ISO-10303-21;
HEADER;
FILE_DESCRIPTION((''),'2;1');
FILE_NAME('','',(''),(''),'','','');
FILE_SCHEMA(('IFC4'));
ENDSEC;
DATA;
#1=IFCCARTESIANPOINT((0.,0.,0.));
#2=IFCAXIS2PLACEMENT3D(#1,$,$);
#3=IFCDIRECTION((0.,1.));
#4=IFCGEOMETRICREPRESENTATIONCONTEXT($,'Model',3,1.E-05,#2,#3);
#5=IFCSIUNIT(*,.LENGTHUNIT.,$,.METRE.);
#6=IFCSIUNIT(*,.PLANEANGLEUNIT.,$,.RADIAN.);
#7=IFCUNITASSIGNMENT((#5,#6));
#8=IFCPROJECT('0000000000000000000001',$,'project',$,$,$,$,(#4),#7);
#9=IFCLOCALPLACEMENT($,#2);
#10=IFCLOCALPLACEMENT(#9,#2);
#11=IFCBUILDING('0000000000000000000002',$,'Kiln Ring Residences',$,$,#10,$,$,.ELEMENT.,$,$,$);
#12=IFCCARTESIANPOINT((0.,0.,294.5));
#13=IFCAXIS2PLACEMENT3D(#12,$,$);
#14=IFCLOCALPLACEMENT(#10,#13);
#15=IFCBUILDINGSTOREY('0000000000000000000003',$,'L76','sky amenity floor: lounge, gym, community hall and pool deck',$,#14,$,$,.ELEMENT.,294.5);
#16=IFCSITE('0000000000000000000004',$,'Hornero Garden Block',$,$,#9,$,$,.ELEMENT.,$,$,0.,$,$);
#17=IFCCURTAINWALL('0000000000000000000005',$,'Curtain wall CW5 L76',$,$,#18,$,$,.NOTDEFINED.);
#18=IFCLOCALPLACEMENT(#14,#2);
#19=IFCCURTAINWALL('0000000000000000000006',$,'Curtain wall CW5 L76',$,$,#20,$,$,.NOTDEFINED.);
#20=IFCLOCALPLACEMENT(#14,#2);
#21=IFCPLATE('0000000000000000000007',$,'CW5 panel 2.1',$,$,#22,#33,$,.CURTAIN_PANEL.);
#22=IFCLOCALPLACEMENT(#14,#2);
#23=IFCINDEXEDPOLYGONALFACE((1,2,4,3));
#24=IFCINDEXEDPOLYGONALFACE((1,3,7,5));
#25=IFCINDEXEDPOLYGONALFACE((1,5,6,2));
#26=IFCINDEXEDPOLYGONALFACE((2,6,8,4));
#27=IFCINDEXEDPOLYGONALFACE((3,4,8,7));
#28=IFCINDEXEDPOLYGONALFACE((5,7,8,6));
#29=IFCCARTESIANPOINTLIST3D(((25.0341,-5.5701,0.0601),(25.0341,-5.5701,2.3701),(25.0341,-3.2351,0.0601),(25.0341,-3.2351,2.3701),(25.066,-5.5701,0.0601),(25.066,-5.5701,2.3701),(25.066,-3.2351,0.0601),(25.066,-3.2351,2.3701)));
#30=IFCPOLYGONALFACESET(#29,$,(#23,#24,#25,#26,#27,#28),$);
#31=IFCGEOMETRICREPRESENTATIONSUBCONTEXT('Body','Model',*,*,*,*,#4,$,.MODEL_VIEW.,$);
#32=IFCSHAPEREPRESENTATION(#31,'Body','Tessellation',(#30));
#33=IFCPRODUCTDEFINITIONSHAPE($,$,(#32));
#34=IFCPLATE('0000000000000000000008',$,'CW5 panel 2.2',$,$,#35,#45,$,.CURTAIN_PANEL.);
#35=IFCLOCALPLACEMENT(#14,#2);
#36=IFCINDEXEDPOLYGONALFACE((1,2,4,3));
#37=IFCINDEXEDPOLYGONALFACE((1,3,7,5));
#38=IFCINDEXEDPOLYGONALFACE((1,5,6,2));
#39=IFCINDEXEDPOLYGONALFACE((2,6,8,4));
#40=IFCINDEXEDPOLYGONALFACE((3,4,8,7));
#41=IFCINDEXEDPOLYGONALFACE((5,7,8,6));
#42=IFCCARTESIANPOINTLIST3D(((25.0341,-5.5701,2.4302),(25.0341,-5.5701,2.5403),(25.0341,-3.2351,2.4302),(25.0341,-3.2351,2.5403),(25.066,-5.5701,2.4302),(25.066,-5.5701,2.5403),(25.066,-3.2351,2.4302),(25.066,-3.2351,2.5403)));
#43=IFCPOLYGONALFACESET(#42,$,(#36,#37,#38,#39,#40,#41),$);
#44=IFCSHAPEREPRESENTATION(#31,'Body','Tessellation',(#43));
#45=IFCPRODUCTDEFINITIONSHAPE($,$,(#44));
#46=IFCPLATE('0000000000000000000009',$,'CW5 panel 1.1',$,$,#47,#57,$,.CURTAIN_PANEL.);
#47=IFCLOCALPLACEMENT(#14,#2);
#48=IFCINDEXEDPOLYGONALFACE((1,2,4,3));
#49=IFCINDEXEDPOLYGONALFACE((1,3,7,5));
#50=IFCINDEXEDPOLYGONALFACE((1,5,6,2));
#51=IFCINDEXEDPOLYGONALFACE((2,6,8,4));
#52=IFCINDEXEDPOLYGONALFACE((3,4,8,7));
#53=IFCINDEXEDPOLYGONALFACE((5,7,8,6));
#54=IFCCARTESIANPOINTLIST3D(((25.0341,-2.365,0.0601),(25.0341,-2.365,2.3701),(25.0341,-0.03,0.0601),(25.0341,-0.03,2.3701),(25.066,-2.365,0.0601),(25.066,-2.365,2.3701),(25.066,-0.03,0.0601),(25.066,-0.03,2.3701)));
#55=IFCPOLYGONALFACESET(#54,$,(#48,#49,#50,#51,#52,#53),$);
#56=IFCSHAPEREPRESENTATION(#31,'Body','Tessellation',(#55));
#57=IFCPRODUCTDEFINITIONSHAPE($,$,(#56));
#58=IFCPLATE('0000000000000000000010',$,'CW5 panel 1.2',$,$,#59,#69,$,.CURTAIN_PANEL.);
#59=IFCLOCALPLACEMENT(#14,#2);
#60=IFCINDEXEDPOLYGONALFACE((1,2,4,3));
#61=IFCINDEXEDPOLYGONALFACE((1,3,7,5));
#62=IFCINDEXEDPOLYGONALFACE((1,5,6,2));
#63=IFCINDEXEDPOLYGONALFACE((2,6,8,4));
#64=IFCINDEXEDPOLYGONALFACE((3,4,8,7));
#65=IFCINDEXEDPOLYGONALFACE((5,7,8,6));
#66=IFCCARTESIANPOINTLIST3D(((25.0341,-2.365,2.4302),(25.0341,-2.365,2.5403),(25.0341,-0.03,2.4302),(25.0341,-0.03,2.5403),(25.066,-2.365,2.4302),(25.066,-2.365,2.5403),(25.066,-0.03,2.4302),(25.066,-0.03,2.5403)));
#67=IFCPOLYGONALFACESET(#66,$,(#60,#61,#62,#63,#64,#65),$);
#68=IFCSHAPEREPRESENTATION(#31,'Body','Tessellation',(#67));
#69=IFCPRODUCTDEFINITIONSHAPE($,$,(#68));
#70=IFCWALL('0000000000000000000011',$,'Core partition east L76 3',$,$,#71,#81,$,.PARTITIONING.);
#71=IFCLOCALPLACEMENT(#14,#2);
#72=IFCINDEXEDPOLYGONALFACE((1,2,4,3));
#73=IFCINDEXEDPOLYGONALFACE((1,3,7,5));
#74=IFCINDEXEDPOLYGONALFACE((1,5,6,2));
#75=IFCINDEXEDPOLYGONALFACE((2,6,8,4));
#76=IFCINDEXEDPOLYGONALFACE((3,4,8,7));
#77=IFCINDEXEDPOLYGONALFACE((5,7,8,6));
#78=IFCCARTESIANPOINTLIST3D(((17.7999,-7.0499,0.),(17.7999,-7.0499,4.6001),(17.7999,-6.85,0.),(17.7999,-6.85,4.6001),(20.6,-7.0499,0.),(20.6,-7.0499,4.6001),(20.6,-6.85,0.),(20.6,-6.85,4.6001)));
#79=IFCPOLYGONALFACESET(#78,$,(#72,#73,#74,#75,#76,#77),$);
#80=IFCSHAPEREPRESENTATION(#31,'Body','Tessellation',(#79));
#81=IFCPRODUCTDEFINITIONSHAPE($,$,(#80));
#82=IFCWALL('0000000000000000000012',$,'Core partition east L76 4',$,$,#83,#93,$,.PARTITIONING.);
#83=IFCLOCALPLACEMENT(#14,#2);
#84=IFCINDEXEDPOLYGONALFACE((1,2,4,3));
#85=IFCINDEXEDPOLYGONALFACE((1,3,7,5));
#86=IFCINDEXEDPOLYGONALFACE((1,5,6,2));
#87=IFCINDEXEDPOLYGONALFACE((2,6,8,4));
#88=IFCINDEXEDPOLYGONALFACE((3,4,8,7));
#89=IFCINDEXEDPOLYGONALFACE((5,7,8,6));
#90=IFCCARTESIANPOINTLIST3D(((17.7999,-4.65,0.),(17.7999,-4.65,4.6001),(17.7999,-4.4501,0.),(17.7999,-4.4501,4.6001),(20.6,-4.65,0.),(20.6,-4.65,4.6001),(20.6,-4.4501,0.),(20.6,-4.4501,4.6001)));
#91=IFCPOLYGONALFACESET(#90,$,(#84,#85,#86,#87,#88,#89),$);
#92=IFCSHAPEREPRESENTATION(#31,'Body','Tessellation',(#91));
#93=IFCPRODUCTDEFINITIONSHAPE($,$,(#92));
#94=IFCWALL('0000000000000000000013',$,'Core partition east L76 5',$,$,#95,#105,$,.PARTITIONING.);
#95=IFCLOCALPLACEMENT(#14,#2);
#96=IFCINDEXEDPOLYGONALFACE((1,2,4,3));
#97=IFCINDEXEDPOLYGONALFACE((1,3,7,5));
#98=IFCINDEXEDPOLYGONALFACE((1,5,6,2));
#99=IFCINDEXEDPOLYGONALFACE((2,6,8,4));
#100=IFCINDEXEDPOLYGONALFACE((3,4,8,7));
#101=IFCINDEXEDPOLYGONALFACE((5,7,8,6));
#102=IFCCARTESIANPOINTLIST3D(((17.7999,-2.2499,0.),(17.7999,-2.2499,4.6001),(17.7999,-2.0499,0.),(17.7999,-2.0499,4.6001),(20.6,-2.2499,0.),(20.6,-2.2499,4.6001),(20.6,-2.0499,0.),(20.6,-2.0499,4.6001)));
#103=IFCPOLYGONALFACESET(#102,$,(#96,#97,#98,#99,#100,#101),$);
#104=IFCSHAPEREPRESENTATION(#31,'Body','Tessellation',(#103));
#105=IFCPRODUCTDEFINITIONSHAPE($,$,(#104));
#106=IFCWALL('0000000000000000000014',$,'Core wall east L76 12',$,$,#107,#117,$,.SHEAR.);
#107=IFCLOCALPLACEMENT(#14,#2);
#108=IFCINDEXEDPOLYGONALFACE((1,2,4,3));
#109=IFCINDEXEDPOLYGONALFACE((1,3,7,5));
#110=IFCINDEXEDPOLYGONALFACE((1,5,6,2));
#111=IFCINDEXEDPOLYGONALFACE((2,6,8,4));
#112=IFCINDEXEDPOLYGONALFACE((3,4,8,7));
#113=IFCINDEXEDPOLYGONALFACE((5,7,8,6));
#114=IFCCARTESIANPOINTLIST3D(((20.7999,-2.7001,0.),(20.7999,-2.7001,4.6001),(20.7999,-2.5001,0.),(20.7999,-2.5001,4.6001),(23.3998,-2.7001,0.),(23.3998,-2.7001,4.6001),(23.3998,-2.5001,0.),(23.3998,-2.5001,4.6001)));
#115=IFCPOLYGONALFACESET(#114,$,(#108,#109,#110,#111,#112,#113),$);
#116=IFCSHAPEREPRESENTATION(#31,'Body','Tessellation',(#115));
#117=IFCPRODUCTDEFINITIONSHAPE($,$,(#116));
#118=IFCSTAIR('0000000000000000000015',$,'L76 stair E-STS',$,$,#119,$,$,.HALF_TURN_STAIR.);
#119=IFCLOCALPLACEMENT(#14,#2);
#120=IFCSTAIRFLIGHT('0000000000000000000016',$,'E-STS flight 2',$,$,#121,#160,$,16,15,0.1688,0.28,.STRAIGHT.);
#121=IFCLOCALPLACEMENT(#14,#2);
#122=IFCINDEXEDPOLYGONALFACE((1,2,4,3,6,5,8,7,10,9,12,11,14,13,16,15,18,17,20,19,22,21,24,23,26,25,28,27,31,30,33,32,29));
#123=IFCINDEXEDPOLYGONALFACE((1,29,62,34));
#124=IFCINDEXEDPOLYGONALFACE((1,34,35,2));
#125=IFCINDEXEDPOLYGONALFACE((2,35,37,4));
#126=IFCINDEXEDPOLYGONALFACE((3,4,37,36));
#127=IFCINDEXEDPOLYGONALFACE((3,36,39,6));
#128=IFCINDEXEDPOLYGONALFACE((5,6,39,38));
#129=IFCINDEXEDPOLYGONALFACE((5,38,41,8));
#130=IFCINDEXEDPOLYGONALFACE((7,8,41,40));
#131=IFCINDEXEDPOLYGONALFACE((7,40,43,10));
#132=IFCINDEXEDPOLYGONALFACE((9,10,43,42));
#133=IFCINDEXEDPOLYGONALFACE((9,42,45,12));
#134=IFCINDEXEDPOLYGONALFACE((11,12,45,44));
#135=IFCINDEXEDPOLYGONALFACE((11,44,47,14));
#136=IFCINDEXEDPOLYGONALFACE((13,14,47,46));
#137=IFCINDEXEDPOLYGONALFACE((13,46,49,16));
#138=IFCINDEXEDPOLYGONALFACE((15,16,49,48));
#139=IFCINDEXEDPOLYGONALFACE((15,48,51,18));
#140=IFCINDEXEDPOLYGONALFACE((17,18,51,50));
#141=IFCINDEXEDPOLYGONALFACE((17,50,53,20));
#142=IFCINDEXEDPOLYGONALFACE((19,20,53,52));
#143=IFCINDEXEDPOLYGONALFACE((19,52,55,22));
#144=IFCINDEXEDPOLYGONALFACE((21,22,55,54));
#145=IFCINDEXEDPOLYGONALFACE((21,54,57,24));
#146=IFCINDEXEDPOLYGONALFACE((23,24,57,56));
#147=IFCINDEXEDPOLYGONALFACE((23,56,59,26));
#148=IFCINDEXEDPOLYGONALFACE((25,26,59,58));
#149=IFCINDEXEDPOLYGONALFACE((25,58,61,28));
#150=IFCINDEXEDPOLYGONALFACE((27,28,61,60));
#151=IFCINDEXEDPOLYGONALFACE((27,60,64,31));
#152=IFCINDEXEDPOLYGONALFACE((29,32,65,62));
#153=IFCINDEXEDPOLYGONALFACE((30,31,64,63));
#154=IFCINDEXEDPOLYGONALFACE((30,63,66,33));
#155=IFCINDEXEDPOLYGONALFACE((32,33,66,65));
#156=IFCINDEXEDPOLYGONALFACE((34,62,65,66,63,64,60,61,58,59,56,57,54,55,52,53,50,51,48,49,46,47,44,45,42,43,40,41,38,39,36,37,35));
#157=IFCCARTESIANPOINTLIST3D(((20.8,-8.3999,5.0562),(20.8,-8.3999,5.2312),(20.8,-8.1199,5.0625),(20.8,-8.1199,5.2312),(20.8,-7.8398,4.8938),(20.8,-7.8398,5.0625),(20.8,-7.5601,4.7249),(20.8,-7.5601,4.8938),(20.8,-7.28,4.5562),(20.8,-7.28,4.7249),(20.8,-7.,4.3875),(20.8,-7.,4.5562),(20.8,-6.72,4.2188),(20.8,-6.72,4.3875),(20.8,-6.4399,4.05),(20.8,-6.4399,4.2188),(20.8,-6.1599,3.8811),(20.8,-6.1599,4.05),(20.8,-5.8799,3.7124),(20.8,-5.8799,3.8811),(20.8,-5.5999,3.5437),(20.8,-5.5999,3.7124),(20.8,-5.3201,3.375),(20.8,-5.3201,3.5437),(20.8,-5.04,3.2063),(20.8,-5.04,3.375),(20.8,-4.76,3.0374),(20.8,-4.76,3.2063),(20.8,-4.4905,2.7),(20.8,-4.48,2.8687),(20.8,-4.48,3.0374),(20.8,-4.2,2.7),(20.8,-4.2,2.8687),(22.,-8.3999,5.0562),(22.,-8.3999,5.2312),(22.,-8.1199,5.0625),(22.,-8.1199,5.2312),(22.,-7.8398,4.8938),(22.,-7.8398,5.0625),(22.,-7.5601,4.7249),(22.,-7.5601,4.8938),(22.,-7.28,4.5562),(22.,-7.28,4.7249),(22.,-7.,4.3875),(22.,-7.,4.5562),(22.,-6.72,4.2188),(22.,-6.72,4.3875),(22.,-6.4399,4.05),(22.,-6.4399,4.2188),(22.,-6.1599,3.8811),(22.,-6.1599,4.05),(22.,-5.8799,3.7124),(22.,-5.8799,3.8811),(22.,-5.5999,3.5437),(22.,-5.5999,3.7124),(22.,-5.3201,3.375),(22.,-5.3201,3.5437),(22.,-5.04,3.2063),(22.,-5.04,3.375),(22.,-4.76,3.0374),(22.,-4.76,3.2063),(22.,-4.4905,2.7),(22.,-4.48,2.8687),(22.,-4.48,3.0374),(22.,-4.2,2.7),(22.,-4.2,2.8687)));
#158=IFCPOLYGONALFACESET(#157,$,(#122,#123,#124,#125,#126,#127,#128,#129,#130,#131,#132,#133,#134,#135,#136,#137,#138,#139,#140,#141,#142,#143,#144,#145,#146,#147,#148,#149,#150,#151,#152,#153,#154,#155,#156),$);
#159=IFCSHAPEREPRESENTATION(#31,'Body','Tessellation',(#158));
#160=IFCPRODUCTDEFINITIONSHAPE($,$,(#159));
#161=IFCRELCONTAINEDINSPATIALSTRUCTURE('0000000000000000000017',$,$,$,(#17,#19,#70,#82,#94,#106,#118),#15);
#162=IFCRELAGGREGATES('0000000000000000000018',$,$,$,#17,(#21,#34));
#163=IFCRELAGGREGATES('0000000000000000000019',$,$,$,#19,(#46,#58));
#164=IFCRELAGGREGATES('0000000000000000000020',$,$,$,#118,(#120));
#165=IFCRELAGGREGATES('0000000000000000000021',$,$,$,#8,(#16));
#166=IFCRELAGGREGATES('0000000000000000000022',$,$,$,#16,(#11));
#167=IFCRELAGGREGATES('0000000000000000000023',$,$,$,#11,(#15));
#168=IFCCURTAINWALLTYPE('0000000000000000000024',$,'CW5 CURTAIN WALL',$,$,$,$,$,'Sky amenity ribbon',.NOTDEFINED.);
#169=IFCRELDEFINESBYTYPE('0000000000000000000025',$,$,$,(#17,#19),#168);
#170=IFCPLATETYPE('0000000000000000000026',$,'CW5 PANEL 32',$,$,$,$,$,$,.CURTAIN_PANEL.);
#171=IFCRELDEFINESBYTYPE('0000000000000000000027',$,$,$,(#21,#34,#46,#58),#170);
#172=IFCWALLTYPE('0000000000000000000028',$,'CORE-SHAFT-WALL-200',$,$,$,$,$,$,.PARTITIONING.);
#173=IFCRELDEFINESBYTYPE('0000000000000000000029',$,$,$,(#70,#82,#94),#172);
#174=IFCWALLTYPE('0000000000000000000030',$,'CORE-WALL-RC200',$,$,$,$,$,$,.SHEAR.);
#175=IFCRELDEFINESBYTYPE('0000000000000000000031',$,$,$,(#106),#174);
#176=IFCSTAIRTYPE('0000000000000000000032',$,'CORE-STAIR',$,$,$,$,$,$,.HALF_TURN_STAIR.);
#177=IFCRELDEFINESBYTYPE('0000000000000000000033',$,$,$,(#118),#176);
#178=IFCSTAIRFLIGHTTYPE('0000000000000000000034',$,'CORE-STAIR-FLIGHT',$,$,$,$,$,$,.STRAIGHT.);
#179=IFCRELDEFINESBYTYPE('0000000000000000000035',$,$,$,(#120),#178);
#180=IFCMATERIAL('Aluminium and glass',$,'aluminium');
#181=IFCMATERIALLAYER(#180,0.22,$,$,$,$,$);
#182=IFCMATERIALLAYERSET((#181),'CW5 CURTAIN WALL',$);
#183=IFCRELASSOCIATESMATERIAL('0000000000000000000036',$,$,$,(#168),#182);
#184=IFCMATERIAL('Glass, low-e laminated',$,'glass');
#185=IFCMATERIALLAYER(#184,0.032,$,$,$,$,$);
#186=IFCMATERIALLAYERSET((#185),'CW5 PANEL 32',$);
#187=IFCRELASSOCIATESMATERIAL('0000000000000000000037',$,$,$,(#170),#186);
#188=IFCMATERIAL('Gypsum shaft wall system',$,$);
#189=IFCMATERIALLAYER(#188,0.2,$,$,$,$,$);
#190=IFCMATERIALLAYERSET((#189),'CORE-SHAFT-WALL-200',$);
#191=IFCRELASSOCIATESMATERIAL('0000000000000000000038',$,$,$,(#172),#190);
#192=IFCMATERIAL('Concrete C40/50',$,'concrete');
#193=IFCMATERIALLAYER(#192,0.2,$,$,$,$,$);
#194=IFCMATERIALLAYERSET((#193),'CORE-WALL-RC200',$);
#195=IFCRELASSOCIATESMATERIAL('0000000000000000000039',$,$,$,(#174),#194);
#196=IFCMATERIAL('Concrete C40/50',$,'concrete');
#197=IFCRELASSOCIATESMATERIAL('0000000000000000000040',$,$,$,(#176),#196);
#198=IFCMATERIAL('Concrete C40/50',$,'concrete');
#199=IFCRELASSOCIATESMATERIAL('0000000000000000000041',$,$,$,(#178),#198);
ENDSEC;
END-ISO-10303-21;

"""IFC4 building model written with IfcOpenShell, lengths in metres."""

from ifc_helpers import new_model, si_unit, direction, frame, frame_2d, origin, origin_2d, place, context, subcontext, project, spatial, polyline, rectangle, outline, extrude, material, layer, layer_set, type_object, element, aggregate, save


model = new_model("IFC4")

# Units and contexts
model_context = context("Model", 3, precision=1e-05, world=origin(), true_north=direction((0.0, 1.0)))
body_context = subcontext(model_context, "Body", "Model", "MODEL_VIEW")
ifc_project = project(units=[si_unit("LENGTHUNIT", "METRE"), si_unit("PLANEANGLEUNIT", "RADIAN")], contexts=[model_context])

# Site, building, storey
site_placement = place(None, origin())
site = spatial("IfcSite", under=ifc_project, at=site_placement, Name="Hornero Garden Block", CompositionType="ELEMENT", RefElevation=0.0)
building_placement = place(site_placement, origin())
building = spatial("IfcBuilding", under=site, at=building_placement, Name="Kiln Ring Residences", CompositionType="ELEMENT")
storey_placement = place(building_placement, frame((0.0, 0.0, 294.5)))
storey = spatial("IfcBuildingStorey", under=building, at=storey_placement, Name="L76", Description="sky amenity floor: lounge, gym, community hall and pool deck", CompositionType="ELEMENT", Elevation=294.5)

# Curtain wall
ifc_material_1 = material(Name="Aluminium and glass", Category="aluminium")
ifc_layer_1 = layer(ifc_material_1, 0.22)
ifc_layer_set_1 = layer_set([ifc_layer_1], Name="CW5 CURTAIN WALL")
curtain_wall_type = type_object("IfcCurtainWallType", Name="CW5 CURTAIN WALL", ElementType="Sky amenity ribbon", PredefinedType="NOTDEFINED", material=ifc_layer_set_1)
placement = place(storey_placement, origin())
curtain_wall_1 = element("IfcCurtainWall", 1, at=placement, inside=storey, type_object=curtain_wall_type, Name="Curtain wall CW5 L76", PredefinedType="NOTDEFINED")

# Curtain wall
curtain_wall_2 = element("IfcCurtainWall", 2, at=placement, inside=storey, type_object=curtain_wall_type, Name="Curtain wall CW5 L76", PredefinedType="NOTDEFINED")

# Plates
ifc_material_2 = material(Name="Glass, low-e laminated", Category="glass")
ifc_layer_2 = layer(ifc_material_2, 0.032)
ifc_layer_set_2 = layer_set([ifc_layer_2], Name="CW5 PANEL 32")
plate_type = type_object("IfcPlateType", Name="CW5 PANEL 32", PredefinedType="CURTAIN_PANEL", material=ifc_layer_set_2)
plate_1_placement = place(storey_placement, frame((25.05, -4.4026, 0.0601), z_axis=(0.0, 0.0, 1.0), x_axis=(0.0, 1.0, 0.0)))
plate_1 = element("IfcPlate", 3, at=plate_1_placement, type_object=plate_type, Name="CW5 panel 2.1", PredefinedType="CURTAIN_PANEL", context=body_context, shape_type="SweptSolid", body=[
    extrude(rectangle(XDim=2.335, YDim=0.032, at=origin_2d()), origin(), (0.0, 0.0, 1.0), 2.3101),
])
plate_2_placement = place(storey_placement, frame((25.05, -4.4026, 2.4302), z_axis=(0.0, 0.0, 1.0), x_axis=(0.0, 1.0, 0.0)))
plate_2 = element("IfcPlate", 4, at=plate_2_placement, type_object=plate_type, Name="CW5 panel 2.2", PredefinedType="CURTAIN_PANEL", context=body_context, shape_type="SweptSolid", body=[
    extrude(rectangle(XDim=2.335, YDim=0.032, at=origin_2d()), origin(), (0.0, 0.0, 1.0), 0.1101),
])
aggregate(curtain_wall_1, [plate_1, plate_2])
plate_3_placement = place(storey_placement, frame((25.05, -1.1975, 0.0601), z_axis=(0.0, 0.0, 1.0), x_axis=(0.0, 1.0, 0.0)))
plate_3 = element("IfcPlate", 5, at=plate_3_placement, type_object=plate_type, Name="CW5 panel 1.1", PredefinedType="CURTAIN_PANEL", context=body_context, shape_type="SweptSolid", body=[
    extrude(rectangle(XDim=2.335, YDim=0.032, at=origin_2d()), origin(), (0.0, 0.0, 1.0), 2.3101),
])
plate_4_placement = place(storey_placement, frame((25.05, -1.1975, 2.4302), z_axis=(0.0, 0.0, 1.0), x_axis=(0.0, 1.0, 0.0)))
plate_4 = element("IfcPlate", 6, at=plate_4_placement, type_object=plate_type, Name="CW5 panel 1.2", PredefinedType="CURTAIN_PANEL", context=body_context, shape_type="SweptSolid", body=[
    extrude(rectangle(XDim=2.335, YDim=0.032, at=origin_2d()), origin(), (0.0, 0.0, 1.0), 0.1101),
])
aggregate(curtain_wall_2, [plate_3, plate_4])

# Walls
ifc_material_3 = material(Name="Gypsum shaft wall system")
ifc_layer_3 = layer(ifc_material_3, 0.2)
ifc_layer_set_3 = layer_set([ifc_layer_3], Name="CORE-SHAFT-WALL-200")
wall_type_1 = type_object("IfcWallType", Name="CORE-SHAFT-WALL-200", PredefinedType="PARTITIONING", material=ifc_layer_set_3)
for number, where, z_axis, x_axis, name in (
    (7, (17.8, -6.95, 0.0), (0.0, 0.0, 1.0), (1.0, 0.0, 0.0), "Core partition east L76 3"),
    (8, (17.8, -4.55, 0.0), (0.0, 0.0, 1.0), (1.0, 0.0, 0.0), "Core partition east L76 4"),
    (9, (17.8, -2.1499, 0.0), (0.0, 0.0, 1.0), (1.0, 0.0, 0.0), "Core partition east L76 5"),
):
    element("IfcWall", number, at=place(storey_placement, frame(where, z_axis=z_axis, x_axis=x_axis)), inside=storey, type_object=wall_type_1, Name=name, PredefinedType="PARTITIONING", context=body_context, shape_type="SweptSolid", body=[
        extrude(rectangle(XDim=2.8, YDim=0.2, at=frame_2d((1.3999, 0.0))), origin(), (0.0, 0.0, 1.0), 4.6001),
    ])
ifc_material_4 = material(Name="Concrete C40/50", Category="concrete")
ifc_layer_4 = layer(ifc_material_4, 0.2)
ifc_layer_set_4 = layer_set([ifc_layer_4], Name="CORE-WALL-RC200")
wall_type_2 = type_object("IfcWallType", Name="CORE-WALL-RC200", PredefinedType="SHEAR", material=ifc_layer_set_4)
wall_placement = place(storey_placement, frame((20.8, -2.6001, 0.0), z_axis=(0.0, 0.0, 1.0), x_axis=(1.0, 0.0, 0.0)))
element("IfcWall", 10, at=wall_placement, inside=storey, type_object=wall_type_2, Name="Core wall east L76 12", PredefinedType="SHEAR", context=body_context, shape_type="SweptSolid", body=[
    extrude(rectangle(XDim=2.5999, YDim=0.2, at=frame_2d((1.2998, 0.0))), origin(), (0.0, 0.0, 1.0), 4.6001),
])

# Stair, stair flight
ifc_material_5 = material(Name="Concrete C40/50", Category="concrete")
stair_type = type_object("IfcStairType", Name="CORE-STAIR", PredefinedType="HALF_TURN_STAIR", material=ifc_material_5)
stair = element("IfcStair", 11, at=placement, inside=storey, type_object=stair_type, Name="L76 stair E-STS", PredefinedType="HALF_TURN_STAIR")
ifc_material_6 = material(Name="Concrete C40/50", Category="concrete")
stair_flight_type = type_object("IfcStairFlightType", Name="CORE-STAIR-FLIGHT", PredefinedType="STRAIGHT", material=ifc_material_6)
stair_flight_placement = place(storey_placement, frame((21.3999, -4.2, 2.7), z_axis=(0.0, 0.0, 1.0), x_axis=(0.0, -1.0, 0.0)))
stair_flight = element("IfcStairFlight", 12, at=stair_flight_placement, type_object=stair_flight_type, Name="E-STS flight 2", NumberOfRisers=16, NumberOfTreads=15, PredefinedType="STRAIGHT", RiserHeight=0.1688, TreadLength=0.28, context=body_context, shape_type="SweptSolid", body=[
    extrude(outline(polyline([(0.0, 0.0), (0.0, 0.1687), (0.28, 0.1687), (0.28, 0.3374), (0.5601, 0.3374), (0.5601, 0.5063), (0.8401, 0.5063), (0.8401, 0.675), (1.1201, 0.675), (1.1201, 0.8438), (1.3999, 0.8438), (1.3999, 1.0125), (1.6799, 1.0125), (1.6799, 1.1812), (1.96, 1.1812), (1.96, 1.3501), (2.24, 1.3501), (2.24, 1.5188), (2.52, 1.5188), (2.52, 1.6875), (2.8, 1.6875), (2.8, 1.8562), (3.0801, 1.8562), (3.0801, 2.0249), (3.3601, 2.0249), (3.3601, 2.1938), (3.6399, 2.1938), (3.6399, 2.3625), (3.9199, 2.3625), (3.9199, 2.5312), (4.2, 2.5312), (4.2, 2.7), (4.2, 2.3562), (0.2905, 0.0), (0.0, 0.0)])), frame((0.0, 0.6001, 0.0), z_axis=(0.0, -1.0, 0.0), x_axis=(1.0, 0.0, 0.0)), (0.0, 0.0, 1.0), 1.2),
])
aggregate(stair, [stair_flight])

save(model, "model.ifc")
